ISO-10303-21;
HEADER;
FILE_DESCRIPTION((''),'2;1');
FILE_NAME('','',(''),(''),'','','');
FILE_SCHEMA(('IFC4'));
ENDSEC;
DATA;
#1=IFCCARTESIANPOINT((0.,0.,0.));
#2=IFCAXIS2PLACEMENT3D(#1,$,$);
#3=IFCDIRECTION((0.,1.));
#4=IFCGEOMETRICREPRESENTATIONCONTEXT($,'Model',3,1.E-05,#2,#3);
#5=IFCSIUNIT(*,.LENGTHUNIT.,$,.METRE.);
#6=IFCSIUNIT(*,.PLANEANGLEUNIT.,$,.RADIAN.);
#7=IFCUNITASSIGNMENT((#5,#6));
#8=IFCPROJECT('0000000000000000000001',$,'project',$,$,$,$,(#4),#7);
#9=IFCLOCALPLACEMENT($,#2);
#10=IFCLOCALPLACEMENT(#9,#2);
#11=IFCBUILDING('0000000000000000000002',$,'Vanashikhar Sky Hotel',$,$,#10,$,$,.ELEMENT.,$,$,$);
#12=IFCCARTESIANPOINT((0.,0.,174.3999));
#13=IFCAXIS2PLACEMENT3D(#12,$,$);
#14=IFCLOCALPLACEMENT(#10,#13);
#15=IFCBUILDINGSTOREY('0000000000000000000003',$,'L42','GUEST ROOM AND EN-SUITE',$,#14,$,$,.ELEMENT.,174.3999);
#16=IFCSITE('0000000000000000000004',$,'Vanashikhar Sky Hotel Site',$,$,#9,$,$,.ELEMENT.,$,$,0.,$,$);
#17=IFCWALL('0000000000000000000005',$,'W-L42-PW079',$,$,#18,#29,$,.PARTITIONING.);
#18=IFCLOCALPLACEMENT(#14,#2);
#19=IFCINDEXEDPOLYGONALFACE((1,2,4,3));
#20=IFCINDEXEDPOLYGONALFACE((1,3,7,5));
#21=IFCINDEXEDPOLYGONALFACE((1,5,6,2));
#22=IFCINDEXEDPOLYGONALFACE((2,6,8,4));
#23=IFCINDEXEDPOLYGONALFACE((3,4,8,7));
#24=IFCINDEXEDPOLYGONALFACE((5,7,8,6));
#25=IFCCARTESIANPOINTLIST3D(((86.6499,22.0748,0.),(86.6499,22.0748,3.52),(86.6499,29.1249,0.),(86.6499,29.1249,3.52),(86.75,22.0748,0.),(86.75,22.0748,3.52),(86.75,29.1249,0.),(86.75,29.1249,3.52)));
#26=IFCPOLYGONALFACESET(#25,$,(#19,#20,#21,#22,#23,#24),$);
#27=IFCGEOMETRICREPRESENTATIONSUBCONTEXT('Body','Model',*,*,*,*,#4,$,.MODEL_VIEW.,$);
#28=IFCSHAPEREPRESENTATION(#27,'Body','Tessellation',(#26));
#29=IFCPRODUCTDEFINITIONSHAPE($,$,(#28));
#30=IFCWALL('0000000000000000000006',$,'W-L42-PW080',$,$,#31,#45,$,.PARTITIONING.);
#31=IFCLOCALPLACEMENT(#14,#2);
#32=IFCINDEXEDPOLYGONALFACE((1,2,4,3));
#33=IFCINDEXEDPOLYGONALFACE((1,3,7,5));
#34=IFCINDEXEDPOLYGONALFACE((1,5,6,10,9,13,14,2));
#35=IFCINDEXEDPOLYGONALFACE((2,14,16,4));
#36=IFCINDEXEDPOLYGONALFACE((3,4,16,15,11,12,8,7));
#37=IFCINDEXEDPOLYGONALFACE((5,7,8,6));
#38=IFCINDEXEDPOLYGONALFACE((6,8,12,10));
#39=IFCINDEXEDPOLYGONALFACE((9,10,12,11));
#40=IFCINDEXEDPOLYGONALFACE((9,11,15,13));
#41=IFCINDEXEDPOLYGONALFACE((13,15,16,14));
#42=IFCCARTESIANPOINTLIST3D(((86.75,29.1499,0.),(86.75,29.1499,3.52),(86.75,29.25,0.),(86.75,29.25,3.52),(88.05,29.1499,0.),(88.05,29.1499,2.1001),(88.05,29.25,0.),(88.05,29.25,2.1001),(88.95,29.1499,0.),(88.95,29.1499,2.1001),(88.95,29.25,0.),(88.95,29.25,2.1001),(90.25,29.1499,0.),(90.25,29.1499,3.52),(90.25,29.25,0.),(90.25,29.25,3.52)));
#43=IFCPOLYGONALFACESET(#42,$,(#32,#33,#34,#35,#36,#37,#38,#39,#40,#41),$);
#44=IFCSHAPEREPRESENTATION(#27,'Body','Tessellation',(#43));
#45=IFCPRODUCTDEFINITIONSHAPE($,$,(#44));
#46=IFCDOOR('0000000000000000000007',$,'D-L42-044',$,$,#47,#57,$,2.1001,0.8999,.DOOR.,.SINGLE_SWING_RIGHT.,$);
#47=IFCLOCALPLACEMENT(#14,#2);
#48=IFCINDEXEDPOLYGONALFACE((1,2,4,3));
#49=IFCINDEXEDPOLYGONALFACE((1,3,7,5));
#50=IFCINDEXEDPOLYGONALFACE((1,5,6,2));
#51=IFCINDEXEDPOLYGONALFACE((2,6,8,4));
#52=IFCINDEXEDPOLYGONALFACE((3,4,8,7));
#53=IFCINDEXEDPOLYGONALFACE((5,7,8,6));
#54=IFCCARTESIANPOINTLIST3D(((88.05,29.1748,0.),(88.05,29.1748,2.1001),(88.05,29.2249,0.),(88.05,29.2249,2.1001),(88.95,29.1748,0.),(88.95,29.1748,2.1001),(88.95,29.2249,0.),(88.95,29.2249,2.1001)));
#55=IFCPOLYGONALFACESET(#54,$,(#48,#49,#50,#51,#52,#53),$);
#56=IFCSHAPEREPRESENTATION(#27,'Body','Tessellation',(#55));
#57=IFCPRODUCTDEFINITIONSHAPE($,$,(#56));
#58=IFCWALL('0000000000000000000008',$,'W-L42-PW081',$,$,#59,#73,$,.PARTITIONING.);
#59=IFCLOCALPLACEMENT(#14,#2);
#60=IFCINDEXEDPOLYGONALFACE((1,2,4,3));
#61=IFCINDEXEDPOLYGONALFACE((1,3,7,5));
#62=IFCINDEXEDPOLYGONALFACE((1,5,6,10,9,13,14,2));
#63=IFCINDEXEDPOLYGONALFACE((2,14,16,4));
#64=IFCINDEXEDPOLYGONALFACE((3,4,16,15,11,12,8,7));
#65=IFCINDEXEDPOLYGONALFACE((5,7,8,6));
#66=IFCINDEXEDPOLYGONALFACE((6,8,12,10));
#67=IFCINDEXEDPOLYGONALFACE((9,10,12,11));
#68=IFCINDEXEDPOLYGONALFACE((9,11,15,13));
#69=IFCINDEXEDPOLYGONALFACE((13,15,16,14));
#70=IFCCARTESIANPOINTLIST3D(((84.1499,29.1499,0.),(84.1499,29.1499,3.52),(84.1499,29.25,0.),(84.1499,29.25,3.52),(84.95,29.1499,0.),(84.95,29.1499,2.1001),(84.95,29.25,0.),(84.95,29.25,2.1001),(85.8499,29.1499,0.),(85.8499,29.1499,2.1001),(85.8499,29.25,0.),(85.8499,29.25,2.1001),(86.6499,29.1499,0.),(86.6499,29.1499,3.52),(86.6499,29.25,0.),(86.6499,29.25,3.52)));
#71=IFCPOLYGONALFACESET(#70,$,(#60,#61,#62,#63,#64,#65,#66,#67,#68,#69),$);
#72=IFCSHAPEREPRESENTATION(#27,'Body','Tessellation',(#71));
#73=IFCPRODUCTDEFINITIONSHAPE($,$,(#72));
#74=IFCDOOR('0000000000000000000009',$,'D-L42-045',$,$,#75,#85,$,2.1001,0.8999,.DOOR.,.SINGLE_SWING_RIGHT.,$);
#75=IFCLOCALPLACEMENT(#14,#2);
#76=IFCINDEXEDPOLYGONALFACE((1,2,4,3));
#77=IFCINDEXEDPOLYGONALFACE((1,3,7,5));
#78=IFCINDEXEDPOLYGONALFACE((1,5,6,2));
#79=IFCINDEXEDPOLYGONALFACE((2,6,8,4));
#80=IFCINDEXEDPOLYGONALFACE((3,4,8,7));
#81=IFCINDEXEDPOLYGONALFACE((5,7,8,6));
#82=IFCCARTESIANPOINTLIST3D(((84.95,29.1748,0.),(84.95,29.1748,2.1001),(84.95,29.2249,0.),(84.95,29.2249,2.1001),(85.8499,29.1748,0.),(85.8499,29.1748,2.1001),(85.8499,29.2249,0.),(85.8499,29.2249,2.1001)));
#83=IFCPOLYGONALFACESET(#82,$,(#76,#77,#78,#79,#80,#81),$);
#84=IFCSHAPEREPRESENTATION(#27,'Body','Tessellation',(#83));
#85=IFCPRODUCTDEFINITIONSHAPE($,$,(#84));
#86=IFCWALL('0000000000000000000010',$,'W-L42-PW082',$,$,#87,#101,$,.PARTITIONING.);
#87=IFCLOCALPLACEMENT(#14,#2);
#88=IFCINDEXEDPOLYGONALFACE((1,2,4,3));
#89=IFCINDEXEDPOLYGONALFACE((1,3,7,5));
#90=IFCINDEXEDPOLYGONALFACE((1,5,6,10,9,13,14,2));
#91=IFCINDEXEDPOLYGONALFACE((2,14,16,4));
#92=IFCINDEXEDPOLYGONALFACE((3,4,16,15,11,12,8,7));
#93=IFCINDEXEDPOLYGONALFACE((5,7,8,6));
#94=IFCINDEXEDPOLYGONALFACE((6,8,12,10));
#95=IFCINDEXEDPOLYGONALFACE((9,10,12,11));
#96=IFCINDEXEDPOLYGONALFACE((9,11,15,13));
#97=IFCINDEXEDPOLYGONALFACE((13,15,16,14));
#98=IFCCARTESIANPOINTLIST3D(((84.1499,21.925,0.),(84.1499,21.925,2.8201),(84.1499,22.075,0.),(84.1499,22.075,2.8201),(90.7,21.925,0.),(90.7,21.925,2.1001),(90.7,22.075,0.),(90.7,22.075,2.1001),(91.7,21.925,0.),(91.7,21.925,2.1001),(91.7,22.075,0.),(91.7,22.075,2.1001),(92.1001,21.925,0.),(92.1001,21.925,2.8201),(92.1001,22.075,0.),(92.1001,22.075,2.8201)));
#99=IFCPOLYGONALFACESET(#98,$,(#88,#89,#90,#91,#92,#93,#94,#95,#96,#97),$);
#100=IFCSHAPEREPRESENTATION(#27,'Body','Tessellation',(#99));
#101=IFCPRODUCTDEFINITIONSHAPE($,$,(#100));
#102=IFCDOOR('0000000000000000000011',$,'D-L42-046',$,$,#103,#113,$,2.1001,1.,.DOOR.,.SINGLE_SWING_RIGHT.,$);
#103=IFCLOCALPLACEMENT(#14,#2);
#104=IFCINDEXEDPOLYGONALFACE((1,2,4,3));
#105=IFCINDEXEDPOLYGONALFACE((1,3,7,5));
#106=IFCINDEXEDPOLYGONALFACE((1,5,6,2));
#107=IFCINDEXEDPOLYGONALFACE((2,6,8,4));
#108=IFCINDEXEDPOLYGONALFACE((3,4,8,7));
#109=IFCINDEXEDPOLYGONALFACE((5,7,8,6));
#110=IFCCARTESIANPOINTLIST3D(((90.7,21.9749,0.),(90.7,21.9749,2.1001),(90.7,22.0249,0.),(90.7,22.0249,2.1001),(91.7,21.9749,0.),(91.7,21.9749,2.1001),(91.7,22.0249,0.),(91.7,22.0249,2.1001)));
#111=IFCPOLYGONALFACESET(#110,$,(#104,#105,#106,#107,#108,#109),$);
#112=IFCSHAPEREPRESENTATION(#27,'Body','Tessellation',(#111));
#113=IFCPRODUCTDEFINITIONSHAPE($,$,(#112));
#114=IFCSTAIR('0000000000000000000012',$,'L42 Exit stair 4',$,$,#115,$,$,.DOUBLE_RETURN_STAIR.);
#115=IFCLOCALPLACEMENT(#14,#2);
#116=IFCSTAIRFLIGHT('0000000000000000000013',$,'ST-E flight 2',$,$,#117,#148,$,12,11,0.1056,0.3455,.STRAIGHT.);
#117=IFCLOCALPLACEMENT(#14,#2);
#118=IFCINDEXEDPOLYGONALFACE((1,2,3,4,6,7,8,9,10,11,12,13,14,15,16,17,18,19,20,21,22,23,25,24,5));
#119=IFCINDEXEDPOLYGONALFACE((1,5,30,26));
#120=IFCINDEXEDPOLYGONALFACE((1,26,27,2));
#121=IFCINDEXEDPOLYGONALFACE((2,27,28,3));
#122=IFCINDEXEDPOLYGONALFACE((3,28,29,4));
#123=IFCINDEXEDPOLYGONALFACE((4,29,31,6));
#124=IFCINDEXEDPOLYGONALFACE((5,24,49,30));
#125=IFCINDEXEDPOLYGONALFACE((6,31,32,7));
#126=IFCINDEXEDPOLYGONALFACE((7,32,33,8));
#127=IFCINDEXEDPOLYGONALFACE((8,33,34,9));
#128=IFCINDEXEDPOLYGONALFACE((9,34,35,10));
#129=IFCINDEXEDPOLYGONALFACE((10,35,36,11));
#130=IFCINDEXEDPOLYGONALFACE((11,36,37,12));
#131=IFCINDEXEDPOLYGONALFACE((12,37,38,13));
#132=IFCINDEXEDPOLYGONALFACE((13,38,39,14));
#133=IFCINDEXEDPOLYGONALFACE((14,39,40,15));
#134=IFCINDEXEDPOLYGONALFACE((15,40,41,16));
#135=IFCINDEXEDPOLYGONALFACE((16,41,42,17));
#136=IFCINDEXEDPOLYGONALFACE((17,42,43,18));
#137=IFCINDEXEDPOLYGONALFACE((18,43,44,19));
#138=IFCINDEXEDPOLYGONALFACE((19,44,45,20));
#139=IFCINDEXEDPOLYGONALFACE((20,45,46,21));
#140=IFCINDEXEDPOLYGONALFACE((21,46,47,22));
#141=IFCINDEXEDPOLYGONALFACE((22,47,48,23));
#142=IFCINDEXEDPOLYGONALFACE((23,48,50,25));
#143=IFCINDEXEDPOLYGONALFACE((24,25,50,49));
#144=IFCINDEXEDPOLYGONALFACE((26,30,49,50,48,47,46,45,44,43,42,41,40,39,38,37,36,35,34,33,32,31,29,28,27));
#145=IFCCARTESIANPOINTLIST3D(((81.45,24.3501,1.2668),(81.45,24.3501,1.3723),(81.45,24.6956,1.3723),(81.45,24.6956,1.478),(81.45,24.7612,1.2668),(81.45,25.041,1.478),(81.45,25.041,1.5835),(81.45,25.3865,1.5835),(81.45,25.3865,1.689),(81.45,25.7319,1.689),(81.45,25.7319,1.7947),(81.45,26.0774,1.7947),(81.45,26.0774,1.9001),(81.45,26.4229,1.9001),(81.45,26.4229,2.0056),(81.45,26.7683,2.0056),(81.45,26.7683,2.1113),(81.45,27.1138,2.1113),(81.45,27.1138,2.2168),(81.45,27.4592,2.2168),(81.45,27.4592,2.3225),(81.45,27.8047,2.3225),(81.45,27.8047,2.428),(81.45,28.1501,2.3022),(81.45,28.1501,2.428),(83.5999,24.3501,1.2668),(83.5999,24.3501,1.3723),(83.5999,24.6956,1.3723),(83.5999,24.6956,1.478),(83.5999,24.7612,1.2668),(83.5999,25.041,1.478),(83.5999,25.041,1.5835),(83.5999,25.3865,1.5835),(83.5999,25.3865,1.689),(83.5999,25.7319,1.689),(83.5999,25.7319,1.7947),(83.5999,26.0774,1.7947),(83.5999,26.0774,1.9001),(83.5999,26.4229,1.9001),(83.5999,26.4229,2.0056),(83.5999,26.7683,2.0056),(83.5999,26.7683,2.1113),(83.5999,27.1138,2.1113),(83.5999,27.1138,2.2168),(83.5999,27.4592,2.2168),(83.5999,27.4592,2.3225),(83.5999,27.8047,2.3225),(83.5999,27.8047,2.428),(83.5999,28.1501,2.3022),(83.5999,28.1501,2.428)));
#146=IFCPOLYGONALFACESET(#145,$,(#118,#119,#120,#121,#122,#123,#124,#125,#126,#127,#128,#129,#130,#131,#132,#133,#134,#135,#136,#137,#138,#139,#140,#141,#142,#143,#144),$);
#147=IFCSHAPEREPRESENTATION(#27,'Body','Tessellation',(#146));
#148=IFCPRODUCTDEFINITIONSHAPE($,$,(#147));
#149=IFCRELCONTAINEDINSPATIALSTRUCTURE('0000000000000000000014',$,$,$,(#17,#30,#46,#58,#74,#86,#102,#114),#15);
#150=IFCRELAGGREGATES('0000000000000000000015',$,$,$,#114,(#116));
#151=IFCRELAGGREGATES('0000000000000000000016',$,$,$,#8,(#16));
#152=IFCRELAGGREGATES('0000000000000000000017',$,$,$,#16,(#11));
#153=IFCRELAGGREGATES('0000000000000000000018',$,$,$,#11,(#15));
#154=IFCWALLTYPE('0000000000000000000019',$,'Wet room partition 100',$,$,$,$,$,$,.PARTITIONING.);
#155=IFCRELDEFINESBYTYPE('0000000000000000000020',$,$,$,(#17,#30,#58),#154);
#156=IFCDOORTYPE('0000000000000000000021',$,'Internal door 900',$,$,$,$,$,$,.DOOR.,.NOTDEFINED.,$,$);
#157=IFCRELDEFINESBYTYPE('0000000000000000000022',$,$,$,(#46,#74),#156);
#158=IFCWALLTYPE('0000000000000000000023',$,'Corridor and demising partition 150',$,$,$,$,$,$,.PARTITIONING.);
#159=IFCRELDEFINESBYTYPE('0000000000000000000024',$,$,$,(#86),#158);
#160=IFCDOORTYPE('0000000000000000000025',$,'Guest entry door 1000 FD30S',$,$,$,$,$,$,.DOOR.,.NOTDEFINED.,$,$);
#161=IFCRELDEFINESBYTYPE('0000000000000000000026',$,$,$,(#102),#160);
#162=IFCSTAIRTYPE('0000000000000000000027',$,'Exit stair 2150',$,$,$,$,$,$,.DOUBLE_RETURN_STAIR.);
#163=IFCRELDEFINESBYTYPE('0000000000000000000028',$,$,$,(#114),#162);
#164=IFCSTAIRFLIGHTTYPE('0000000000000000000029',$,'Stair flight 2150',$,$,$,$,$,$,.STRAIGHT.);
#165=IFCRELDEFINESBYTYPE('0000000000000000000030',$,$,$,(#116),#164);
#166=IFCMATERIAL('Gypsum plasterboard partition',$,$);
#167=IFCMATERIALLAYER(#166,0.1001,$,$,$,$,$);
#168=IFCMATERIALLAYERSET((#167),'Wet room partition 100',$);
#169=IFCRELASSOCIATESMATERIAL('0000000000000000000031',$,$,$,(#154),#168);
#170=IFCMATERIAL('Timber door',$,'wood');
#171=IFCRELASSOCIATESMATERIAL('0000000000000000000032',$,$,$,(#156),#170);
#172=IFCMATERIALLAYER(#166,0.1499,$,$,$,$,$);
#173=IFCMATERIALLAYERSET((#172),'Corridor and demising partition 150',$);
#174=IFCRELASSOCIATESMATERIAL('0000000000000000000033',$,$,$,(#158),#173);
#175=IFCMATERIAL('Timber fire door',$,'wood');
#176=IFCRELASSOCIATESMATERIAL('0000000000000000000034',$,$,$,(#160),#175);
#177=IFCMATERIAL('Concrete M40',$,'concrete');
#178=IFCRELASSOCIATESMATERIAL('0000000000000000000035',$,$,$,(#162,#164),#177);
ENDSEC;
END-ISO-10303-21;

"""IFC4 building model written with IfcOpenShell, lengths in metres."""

from ifc_helpers import new_model, si_unit, direction, frame, frame_2d, origin, place, context, subcontext, project, spatial, polyline, rectangle, outline, extrude, source, transform, mapped, material, layer, layer_set, type_object, element, fill, aggregate, save


model = new_model("IFC4")

# Units and contexts
model_context = context("Model", 3, precision=1e-05, world=origin(), true_north=direction((0.0, 1.0)))
body_context = subcontext(model_context, "Body", "Model", "MODEL_VIEW")
ifc_project = project(units=[si_unit("LENGTHUNIT", "METRE"), si_unit("PLANEANGLEUNIT", "RADIAN")], contexts=[model_context])

# Site, building, storey
site_placement = place(None, origin())
site = spatial("IfcSite", under=ifc_project, at=site_placement, Name="Vanashikhar Sky Hotel Site", CompositionType="ELEMENT", RefElevation=0.0)
building_placement = place(site_placement, origin())
building = spatial("IfcBuilding", under=site, at=building_placement, Name="Vanashikhar Sky Hotel", CompositionType="ELEMENT")
storey_placement = place(building_placement, frame((0.0, 0.0, 174.3999)))
storey = spatial("IfcBuildingStorey", under=building, at=storey_placement, Name="L42", Description="GUEST ROOM AND EN-SUITE", CompositionType="ELEMENT", Elevation=174.3999)

# Wall
ifc_material_1 = material(Name="Gypsum plasterboard partition")
ifc_layer_1 = layer(ifc_material_1, 0.1001)
ifc_layer_set_1 = layer_set([ifc_layer_1], Name="Wet room partition 100")
wall_type_1 = type_object("IfcWallType", Name="Wet room partition 100", PredefinedType="PARTITIONING", material=ifc_layer_set_1)
shared_shape_1 = source(origin(), body_context, "Body", "SweptSolid", [
    extrude(rectangle(XDim=7.05, YDim=0.1001, at=frame_2d((3.5249, 0.0))), origin(), (0.0, 0.0, 1.0), 3.52),
])
for number, where, z_axis, x_axis, name in (
    (1, (86.7, 22.075, 0.0), (0.0, 0.0, 1.0), (0.0, 1.0, 0.0), "W-L42-PW079"),
):
    element("IfcWall", number, at=place(storey_placement, frame(where, z_axis=z_axis, x_axis=x_axis)), inside=storey, type_object=wall_type_1, Name=name, PredefinedType="PARTITIONING", context=body_context, shape_type="MappedRepresentation", body=[
        mapped(shared_shape_1, transform((0.0, 0.0, 0.0), scale=1.0)),
    ])

# Walls, openings, doors
shared_shape_2 = source(origin(), body_context, "Body", "SweptSolid", [
    extrude(rectangle(XDim=3.5, YDim=0.1001, at=frame_2d((1.75, 0.0))), origin(), (0.0, 0.0, 1.0), 3.52),
])
wall_1_placement = place(storey_placement, frame((86.75, 29.2, 0.0), z_axis=(0.0, 0.0, 1.0), x_axis=(1.0, 0.0, 0.0)))
wall_1 = element("IfcWall", 2, at=wall_1_placement, inside=storey, type_object=wall_type_1, Name="W-L42-PW080", PredefinedType="PARTITIONING", context=body_context, shape_type="MappedRepresentation", body=[
    mapped(shared_shape_2, transform((0.0, 0.0, 0.0), scale=1.0)),
])
shared_shape_3 = source(origin(), body_context, "Body", "SweptSolid", [
    extrude(rectangle(XDim=0.8999, YDim=2.1001, at=frame_2d((0.45, 1.05))), frame((0.0, 0.0601, 0.0), z_axis=(0.0, -1.0, 0.0), x_axis=(1.0, 0.0, 0.0)), (0.0, 0.0, 1.0), 0.1201),
])
opening_1_placement = place(wall_1_placement, frame((1.3, 0.0, 0.0)))
opening_1 = element("IfcOpeningElement", 3, at=opening_1_placement, cuts=wall_1, PredefinedType="OPENING", context=body_context, shape_type="MappedRepresentation", body=[
    mapped(shared_shape_3, transform((0.0, 0.0, 0.0), scale=1.0)),
])
ifc_material_2 = material(Name="Timber door", Category="wood")
door_type_1 = type_object("IfcDoorType", Name="Internal door 900", OperationType="NOTDEFINED", PredefinedType="DOOR", material=ifc_material_2)
shared_shape_4 = source(origin(), body_context, "Body", "SweptSolid", [
    extrude(rectangle(XDim=0.8999, YDim=2.1001, at=frame_2d((0.45, 1.05))), frame((0.0, 0.0249, 0.0), z_axis=(0.0, -1.0, 0.0), x_axis=(1.0, 0.0, 0.0)), (0.0, 0.0, 1.0), 0.05),
])
door_1_placement = place(opening_1_placement, origin())
door_1 = element("IfcDoor", 4, at=door_1_placement, inside=storey, type_object=door_type_1, Name="D-L42-044", OperationType="SINGLE_SWING_RIGHT", OverallHeight=2.1001, OverallWidth=0.8999, PredefinedType="DOOR", context=body_context, shape_type="MappedRepresentation", body=[
    mapped(shared_shape_4, transform((0.0, 0.0, 0.0), scale=1.0)),
])
fill(opening_1, door_1)
shared_shape_5 = source(origin(), body_context, "Body", "SweptSolid", [
    extrude(rectangle(XDim=2.5, YDim=0.1001, at=frame_2d((1.25, 0.0))), origin(), (0.0, 0.0, 1.0), 3.52),
])
wall_2_placement = place(storey_placement, frame((84.1499, 29.2, 0.0), z_axis=(0.0, 0.0, 1.0), x_axis=(1.0, 0.0, 0.0)))
wall_2 = element("IfcWall", 5, at=wall_2_placement, inside=storey, type_object=wall_type_1, Name="W-L42-PW081", PredefinedType="PARTITIONING", context=body_context, shape_type="MappedRepresentation", body=[
    mapped(shared_shape_5, transform((0.0, 0.0, 0.0), scale=1.0)),
])
opening_2_placement = place(wall_2_placement, frame((0.8, 0.0, 0.0)))
opening_2 = element("IfcOpeningElement", 6, at=opening_2_placement, cuts=wall_2, PredefinedType="OPENING", context=body_context, shape_type="MappedRepresentation", body=[
    mapped(shared_shape_3, transform((0.0, 0.0, 0.0), scale=1.0)),
])
door_2_placement = place(opening_2_placement, origin())
door_2 = element("IfcDoor", 7, at=door_2_placement, inside=storey, type_object=door_type_1, Name="D-L42-045", OperationType="SINGLE_SWING_RIGHT", OverallHeight=2.1001, OverallWidth=0.8999, PredefinedType="DOOR", context=body_context, shape_type="MappedRepresentation", body=[
    mapped(shared_shape_4, transform((0.0, 0.0, 0.0), scale=1.0)),
])
fill(opening_2, door_2)
ifc_layer_2 = layer(ifc_material_1, 0.1499)
ifc_layer_set_2 = layer_set([ifc_layer_2], Name="Corridor and demising partition 150")
wall_type_2 = type_object("IfcWallType", Name="Corridor and demising partition 150", PredefinedType="PARTITIONING", material=ifc_layer_set_2)
shared_shape_6 = source(origin(), body_context, "Body", "SweptSolid", [
    extrude(rectangle(XDim=7.9502, YDim=0.1499, at=frame_2d((3.9751, 0.0))), origin(), (0.0, 0.0, 1.0), 2.8201),
])
wall_3_placement = place(storey_placement, frame((84.1499, 22.0, 0.0), z_axis=(0.0, 0.0, 1.0), x_axis=(1.0, 0.0, 0.0)))
wall_3 = element("IfcWall", 8, at=wall_3_placement, inside=storey, type_object=wall_type_2, Name="W-L42-PW082", PredefinedType="PARTITIONING", context=body_context, shape_type="MappedRepresentation", body=[
    mapped(shared_shape_6, transform((0.0, 0.0, 0.0), scale=1.0)),
])
shared_shape_7 = source(origin(), body_context, "Body", "SweptSolid", [
    extrude(rectangle(XDim=1.0, YDim=2.1001, at=frame_2d((0.5, 1.05))), frame((0.0, 0.085, 0.0), z_axis=(0.0, -1.0, 0.0), x_axis=(1.0, 0.0, 0.0)), (0.0, 0.0, 1.0), 0.1699),
])
opening_3_placement = place(wall_3_placement, frame((6.55, 0.0, 0.0)))
opening_3 = element("IfcOpeningElement", 9, at=opening_3_placement, cuts=wall_3, PredefinedType="OPENING", context=body_context, shape_type="MappedRepresentation", body=[
    mapped(shared_shape_7, transform((0.0, 0.0, 0.0), scale=1.0)),
])
ifc_material_3 = material(Name="Timber fire door", Category="wood")
door_type_2 = type_object("IfcDoorType", Name="Guest entry door 1000 FD30S", OperationType="NOTDEFINED", PredefinedType="DOOR", material=ifc_material_3)
shared_shape_8 = source(origin(), body_context, "Body", "SweptSolid", [
    extrude(rectangle(XDim=1.0, YDim=2.1001, at=frame_2d((0.5, 1.05))), frame((0.0, 0.0249, 0.0), z_axis=(0.0, -1.0, 0.0), x_axis=(1.0, 0.0, 0.0)), (0.0, 0.0, 1.0), 0.05),
])
door_3_placement = place(opening_3_placement, origin())
door_3 = element("IfcDoor", 10, at=door_3_placement, inside=storey, type_object=door_type_2, Name="D-L42-046", OperationType="SINGLE_SWING_RIGHT", OverallHeight=2.1001, OverallWidth=1.0, PredefinedType="DOOR", context=body_context, shape_type="MappedRepresentation", body=[
    mapped(shared_shape_8, transform((0.0, 0.0, 0.0), scale=1.0)),
])
fill(opening_3, door_3)

# Stair, stair flight
ifc_material_4 = material(Name="Concrete M40", Category="concrete")
stair_type = type_object("IfcStairType", Name="Exit stair 2150", PredefinedType="DOUBLE_RETURN_STAIR", material=ifc_material_4)
stair_placement = place(storey_placement, origin())
stair = element("IfcStair", 11, at=stair_placement, inside=storey, type_object=stair_type, Name="L42 Exit stair 4", PredefinedType="DOUBLE_RETURN_STAIR")
stair_flight_type = type_object("IfcStairFlightType", Name="Stair flight 2150", PredefinedType="STRAIGHT", material=ifc_material_4)
shared_shape_9 = source(origin(), body_context, "Body", "SweptSolid", [
    extrude(outline(polyline([(0.0, 0.0), (0.0, 0.1055), (0.3455, 0.1055), (0.3455, 0.2112), (0.6909, 0.2112), (0.6909, 0.3167), (1.0364, 0.3167), (1.0364, 0.4221), (1.3818, 0.4221), (1.3818, 0.5278), (1.7273, 0.5278), (1.7273, 0.6333), (2.0728, 0.6333), (2.0728, 0.7388), (2.4182, 0.7388), (2.4182, 0.8445), (2.7637, 0.8445), (2.7637, 0.95), (3.1091, 0.95), (3.1091, 1.0557), (3.4546, 1.0557), (3.4546, 1.1611), (3.8, 1.1611), (3.8, 1.2666), (3.8, 1.0354), (0.4111, 0.0), (0.0, 0.0)])), frame((0.0, 1.075, 0.0), z_axis=(0.0, -1.0, 0.0), x_axis=(1.0, 0.0, 0.0)), (0.0, 0.0, 1.0), 2.1499),
])
stair_flight_placement = place(storey_placement, frame((82.5249, 24.3501, 1.2668), z_axis=(0.0, 0.0, 1.0), x_axis=(0.0, 1.0, 0.0)))
stair_flight = element("IfcStairFlight", 12, at=stair_flight_placement, type_object=stair_flight_type, Name="ST-E flight 2", NumberOfRisers=12, NumberOfTreads=11, PredefinedType="STRAIGHT", RiserHeight=0.1056, TreadLength=0.3455, context=body_context, shape_type="MappedRepresentation", body=[
    mapped(shared_shape_9, transform((0.0, 0.0, 0.0), scale=1.0)),
])
aggregate(stair, [stair_flight])

save(model, "model.ifc")
